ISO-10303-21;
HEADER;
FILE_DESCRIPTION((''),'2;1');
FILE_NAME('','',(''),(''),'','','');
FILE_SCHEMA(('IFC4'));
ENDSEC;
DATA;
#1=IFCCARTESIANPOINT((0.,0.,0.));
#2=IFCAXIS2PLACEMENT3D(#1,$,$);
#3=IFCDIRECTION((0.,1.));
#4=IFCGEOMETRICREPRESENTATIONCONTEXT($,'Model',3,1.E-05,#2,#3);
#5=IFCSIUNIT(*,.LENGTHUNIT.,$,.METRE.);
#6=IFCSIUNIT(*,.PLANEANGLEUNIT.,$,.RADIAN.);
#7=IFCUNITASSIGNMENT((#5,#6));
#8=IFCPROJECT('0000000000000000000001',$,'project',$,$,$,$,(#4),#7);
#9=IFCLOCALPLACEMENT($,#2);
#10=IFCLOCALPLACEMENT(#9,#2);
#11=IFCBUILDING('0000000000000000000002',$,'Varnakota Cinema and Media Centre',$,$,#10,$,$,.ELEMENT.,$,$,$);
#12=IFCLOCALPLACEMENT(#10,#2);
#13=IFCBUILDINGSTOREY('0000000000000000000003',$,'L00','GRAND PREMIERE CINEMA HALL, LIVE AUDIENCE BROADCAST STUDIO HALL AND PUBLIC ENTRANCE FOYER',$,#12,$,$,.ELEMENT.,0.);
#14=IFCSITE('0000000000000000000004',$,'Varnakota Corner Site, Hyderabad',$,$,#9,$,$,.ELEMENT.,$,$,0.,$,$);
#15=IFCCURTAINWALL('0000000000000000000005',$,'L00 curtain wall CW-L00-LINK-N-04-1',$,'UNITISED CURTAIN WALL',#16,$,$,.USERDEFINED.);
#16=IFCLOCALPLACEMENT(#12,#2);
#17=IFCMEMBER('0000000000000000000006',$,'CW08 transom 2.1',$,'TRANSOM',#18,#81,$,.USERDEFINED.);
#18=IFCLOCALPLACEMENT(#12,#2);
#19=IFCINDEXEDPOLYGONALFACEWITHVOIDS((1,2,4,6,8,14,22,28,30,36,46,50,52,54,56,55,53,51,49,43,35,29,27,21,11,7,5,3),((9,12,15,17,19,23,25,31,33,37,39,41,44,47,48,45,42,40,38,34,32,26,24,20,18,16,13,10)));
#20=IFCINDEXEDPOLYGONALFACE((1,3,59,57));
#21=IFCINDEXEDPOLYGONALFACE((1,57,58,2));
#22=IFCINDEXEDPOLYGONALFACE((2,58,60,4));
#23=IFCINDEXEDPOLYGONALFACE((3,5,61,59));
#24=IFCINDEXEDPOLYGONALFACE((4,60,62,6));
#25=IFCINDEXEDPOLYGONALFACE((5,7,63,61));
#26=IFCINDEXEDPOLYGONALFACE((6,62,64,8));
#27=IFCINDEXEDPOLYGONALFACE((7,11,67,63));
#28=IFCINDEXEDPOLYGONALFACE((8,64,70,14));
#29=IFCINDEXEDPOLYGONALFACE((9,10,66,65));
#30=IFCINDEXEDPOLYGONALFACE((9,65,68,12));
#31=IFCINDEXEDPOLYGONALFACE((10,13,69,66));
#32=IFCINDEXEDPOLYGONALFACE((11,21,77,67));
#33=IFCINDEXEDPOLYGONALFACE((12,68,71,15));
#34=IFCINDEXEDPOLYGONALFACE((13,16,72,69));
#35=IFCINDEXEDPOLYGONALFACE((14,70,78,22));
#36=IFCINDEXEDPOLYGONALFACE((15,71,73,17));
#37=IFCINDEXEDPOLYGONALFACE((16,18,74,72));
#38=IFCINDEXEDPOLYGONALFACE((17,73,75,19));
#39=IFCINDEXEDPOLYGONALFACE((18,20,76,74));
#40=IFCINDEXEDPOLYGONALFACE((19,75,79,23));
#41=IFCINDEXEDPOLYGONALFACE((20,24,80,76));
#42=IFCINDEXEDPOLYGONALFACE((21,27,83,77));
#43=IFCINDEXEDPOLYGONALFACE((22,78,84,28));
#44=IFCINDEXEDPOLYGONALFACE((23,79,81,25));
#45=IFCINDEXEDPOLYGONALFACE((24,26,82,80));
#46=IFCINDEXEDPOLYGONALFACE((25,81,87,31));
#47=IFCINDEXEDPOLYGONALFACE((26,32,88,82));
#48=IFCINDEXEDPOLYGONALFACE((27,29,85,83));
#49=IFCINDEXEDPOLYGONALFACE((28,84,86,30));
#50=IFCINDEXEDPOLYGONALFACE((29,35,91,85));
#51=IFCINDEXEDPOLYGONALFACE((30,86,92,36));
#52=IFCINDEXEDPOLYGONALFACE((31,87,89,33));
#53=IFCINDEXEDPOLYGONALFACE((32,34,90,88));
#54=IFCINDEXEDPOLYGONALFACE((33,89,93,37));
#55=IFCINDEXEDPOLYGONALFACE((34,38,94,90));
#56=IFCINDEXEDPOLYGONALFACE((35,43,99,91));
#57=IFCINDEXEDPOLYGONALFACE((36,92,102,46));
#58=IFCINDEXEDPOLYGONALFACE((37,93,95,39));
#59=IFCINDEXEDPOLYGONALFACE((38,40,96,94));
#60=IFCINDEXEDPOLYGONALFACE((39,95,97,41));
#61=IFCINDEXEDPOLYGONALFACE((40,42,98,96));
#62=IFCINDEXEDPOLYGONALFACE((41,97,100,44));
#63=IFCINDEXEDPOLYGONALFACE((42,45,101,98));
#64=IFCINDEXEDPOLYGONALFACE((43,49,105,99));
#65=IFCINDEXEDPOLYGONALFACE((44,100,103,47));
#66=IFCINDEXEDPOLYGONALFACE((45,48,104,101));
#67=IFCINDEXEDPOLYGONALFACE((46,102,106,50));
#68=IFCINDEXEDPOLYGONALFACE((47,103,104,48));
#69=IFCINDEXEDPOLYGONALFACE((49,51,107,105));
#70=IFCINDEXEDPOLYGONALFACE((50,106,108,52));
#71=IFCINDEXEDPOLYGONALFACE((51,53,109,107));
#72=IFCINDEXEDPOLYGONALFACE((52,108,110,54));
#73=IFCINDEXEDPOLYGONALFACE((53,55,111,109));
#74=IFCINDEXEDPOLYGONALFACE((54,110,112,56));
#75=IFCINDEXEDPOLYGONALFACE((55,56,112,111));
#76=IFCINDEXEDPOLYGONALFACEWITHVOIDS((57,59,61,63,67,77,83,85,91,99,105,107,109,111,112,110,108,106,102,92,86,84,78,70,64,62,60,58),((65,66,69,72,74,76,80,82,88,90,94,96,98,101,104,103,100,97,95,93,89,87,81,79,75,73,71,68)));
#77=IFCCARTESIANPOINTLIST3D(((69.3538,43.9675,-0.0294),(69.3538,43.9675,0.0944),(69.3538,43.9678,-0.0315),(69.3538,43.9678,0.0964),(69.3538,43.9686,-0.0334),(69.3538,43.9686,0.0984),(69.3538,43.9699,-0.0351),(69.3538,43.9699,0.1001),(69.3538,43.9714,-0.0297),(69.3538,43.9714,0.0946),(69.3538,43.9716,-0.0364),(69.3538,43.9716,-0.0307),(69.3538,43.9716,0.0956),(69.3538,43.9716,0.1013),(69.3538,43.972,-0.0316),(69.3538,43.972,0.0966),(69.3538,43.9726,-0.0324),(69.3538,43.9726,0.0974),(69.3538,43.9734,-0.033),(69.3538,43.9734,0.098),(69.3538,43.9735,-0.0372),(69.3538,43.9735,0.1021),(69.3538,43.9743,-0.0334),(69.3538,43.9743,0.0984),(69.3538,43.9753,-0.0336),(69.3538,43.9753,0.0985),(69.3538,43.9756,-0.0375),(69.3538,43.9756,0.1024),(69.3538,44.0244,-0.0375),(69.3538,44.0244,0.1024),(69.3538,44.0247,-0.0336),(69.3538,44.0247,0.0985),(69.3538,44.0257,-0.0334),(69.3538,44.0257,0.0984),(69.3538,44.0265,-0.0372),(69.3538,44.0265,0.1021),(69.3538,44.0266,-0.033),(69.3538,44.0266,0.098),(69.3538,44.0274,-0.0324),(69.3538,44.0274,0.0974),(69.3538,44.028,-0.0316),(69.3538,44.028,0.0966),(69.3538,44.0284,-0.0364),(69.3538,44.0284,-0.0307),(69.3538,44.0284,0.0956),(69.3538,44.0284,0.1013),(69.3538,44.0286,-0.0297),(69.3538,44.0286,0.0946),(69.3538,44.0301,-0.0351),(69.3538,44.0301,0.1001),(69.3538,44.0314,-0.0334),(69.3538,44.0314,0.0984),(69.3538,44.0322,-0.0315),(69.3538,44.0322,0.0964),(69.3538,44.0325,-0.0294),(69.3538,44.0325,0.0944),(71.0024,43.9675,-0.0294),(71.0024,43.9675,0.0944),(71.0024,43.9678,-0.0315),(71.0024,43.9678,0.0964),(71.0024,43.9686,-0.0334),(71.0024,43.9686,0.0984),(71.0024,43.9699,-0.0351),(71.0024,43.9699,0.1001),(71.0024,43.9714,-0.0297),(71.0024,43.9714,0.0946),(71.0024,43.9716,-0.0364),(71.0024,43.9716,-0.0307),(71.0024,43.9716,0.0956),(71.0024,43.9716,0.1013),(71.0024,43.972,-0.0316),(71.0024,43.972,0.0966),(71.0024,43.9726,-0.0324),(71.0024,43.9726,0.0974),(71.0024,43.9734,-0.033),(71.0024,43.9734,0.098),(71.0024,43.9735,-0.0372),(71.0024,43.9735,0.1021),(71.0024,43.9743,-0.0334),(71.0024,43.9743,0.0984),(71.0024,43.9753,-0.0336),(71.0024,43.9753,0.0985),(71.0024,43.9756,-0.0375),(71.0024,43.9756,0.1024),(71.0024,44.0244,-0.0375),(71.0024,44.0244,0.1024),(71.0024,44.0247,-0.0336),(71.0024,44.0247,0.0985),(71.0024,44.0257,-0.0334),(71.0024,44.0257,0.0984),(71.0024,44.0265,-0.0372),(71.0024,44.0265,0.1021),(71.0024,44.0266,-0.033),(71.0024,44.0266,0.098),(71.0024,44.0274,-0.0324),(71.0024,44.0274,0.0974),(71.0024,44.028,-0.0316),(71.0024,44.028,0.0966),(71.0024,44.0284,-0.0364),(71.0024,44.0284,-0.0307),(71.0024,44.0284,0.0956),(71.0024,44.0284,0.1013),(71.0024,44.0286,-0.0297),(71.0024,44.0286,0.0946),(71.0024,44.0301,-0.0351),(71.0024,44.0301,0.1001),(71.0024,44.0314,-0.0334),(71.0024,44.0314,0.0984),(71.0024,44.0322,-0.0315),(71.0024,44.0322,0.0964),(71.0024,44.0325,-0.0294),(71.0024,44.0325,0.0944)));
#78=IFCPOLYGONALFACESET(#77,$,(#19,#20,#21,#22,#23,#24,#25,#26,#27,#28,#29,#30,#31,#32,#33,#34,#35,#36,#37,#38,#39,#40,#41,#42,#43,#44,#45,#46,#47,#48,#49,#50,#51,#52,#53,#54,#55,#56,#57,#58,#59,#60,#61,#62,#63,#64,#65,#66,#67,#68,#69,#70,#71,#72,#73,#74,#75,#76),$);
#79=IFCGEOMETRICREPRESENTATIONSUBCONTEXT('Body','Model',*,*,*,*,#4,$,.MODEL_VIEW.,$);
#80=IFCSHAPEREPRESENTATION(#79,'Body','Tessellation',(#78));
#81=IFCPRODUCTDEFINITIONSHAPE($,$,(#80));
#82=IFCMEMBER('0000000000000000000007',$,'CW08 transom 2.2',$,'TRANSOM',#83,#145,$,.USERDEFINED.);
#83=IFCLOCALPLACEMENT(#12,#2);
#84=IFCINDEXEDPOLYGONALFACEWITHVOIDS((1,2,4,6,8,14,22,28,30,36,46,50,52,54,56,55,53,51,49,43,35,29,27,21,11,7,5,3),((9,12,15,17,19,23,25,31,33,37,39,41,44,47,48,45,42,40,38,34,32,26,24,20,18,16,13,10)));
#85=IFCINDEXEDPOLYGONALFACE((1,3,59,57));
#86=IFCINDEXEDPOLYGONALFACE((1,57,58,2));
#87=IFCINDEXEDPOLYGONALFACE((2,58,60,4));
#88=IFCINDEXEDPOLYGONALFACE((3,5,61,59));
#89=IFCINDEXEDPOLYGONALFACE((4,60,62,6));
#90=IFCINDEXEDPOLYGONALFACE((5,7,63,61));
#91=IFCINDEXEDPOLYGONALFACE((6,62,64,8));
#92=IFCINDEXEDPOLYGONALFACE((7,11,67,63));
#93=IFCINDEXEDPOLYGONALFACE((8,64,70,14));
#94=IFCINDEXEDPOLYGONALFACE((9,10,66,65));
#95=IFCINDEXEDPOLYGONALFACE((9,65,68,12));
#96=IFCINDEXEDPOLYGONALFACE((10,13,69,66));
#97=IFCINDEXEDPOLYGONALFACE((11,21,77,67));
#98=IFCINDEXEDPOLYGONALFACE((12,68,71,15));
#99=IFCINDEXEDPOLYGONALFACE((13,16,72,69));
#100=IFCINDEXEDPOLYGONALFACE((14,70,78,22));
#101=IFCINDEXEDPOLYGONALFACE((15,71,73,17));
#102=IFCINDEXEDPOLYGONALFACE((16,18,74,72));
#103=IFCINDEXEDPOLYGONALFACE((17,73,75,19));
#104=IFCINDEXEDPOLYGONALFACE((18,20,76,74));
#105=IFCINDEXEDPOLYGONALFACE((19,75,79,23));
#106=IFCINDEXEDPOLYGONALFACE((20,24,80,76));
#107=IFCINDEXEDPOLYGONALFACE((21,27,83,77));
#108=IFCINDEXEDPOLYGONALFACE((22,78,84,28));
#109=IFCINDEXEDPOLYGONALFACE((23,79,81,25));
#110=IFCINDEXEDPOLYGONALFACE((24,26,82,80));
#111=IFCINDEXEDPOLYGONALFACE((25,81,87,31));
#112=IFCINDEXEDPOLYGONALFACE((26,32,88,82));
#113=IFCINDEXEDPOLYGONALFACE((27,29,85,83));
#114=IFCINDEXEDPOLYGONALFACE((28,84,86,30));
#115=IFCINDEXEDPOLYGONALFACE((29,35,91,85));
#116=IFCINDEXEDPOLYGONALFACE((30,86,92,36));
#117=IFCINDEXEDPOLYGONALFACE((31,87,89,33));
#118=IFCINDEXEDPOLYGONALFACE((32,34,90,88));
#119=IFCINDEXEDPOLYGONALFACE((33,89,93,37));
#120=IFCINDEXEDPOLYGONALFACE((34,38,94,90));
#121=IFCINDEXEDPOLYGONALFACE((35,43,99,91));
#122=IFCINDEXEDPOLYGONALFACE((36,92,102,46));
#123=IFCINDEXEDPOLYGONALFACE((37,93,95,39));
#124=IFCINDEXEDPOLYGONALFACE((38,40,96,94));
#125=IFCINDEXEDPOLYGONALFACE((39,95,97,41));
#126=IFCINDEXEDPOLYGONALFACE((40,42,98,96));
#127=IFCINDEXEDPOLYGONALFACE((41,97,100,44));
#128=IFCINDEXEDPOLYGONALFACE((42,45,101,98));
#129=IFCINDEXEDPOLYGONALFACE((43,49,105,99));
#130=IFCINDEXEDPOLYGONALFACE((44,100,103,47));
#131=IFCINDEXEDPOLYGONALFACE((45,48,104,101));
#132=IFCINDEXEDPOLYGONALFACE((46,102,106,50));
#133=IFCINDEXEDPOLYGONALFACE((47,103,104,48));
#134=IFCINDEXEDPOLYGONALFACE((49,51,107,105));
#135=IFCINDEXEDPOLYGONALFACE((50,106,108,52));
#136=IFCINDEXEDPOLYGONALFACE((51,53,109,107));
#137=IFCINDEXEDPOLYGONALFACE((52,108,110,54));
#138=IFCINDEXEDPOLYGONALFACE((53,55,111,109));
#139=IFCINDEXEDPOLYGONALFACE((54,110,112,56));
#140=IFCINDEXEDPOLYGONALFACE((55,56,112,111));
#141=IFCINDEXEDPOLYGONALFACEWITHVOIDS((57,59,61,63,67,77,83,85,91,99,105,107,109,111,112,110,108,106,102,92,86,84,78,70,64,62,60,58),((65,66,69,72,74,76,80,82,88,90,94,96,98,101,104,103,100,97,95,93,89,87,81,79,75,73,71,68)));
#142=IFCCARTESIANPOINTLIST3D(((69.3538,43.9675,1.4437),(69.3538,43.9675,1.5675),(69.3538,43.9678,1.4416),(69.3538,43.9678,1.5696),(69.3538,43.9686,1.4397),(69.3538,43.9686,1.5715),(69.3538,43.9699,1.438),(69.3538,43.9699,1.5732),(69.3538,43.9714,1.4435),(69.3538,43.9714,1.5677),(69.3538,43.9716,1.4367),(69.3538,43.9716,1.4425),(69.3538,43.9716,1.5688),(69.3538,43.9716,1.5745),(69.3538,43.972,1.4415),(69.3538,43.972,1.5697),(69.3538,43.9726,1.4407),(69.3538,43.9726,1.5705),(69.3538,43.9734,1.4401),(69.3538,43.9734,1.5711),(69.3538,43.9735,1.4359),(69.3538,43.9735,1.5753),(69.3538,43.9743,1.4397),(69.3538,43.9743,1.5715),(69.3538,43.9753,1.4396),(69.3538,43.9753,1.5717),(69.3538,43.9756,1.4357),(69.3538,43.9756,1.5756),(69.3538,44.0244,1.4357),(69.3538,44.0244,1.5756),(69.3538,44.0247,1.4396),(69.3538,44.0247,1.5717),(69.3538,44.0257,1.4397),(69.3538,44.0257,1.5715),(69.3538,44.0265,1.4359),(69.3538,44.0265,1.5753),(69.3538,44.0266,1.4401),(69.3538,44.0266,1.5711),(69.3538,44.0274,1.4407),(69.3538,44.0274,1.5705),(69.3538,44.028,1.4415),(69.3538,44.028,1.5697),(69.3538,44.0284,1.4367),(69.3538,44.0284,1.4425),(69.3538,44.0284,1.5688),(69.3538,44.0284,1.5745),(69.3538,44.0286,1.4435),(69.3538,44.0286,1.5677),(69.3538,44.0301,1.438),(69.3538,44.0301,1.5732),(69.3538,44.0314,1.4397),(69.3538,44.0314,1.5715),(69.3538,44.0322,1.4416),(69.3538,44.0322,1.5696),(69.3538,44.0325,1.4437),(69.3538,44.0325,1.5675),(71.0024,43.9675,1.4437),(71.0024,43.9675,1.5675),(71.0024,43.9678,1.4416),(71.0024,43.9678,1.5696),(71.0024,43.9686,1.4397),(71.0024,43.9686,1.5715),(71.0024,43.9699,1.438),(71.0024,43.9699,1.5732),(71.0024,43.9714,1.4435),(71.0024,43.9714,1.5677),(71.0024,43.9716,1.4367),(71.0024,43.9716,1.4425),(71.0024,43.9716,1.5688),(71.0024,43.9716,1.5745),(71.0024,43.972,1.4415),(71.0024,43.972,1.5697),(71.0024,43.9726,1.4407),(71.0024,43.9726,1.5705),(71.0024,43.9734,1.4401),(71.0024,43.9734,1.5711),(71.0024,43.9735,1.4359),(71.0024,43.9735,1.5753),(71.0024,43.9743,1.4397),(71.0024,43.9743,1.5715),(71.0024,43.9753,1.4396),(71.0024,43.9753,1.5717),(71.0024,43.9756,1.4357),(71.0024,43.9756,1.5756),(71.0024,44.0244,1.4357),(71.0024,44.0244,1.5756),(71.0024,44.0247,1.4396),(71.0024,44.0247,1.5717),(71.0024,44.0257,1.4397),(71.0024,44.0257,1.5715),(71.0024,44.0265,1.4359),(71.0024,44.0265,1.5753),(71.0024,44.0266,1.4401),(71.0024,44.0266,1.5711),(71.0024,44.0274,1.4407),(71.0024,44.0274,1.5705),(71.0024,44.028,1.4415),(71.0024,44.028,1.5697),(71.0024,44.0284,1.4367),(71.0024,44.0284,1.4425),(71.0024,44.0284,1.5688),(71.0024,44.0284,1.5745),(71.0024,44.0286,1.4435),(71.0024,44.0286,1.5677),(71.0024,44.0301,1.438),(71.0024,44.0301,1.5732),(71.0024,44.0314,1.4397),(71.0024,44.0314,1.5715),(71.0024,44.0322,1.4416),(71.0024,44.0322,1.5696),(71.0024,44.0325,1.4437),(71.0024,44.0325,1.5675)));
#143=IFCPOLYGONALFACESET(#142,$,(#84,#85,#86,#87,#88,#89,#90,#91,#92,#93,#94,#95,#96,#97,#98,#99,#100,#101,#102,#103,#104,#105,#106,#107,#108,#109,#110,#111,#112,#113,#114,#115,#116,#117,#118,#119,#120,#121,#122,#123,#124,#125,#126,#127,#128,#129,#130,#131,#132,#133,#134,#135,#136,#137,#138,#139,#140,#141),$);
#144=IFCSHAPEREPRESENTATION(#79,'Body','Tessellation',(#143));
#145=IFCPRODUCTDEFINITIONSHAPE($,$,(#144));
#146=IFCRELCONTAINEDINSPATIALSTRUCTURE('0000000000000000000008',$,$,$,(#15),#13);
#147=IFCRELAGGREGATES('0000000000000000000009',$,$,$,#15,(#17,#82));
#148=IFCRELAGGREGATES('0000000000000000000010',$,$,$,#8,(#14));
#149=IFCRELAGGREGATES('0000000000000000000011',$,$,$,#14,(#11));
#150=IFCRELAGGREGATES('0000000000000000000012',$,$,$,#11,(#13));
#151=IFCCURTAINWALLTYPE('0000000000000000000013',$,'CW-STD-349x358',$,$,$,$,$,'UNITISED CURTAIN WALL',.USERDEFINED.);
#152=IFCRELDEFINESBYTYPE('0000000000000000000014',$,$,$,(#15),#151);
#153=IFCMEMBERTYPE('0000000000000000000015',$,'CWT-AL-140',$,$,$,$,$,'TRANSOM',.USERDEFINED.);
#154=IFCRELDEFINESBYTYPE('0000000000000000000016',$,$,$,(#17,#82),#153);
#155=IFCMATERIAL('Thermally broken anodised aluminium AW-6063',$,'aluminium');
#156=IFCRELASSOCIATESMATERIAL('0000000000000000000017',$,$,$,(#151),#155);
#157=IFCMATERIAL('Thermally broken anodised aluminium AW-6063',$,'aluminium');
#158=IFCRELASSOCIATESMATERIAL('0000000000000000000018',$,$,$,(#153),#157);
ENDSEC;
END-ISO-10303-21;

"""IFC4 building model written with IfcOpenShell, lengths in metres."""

from ifc_helpers import new_model, si_unit, direction, frame, origin, origin_2d, place, context, subcontext, project, spatial, hollow_rectangle, extrude, material, material_profile, profile_set, type_object, element, aggregate, save


model = new_model("IFC4")

# Units and contexts
model_context = context("Model", 3, precision=1e-05, world=origin(), true_north=direction((0.0, 1.0)))
body_context = subcontext(model_context, "Body", "Model", "MODEL_VIEW")
ifc_project = project(units=[si_unit("LENGTHUNIT", "METRE"), si_unit("PLANEANGLEUNIT", "RADIAN")], contexts=[model_context])

# Site, building, storey
site_placement = place(None, origin())
site = spatial("IfcSite", under=ifc_project, at=site_placement, Name="Varnakota Corner Site, Hyderabad", CompositionType="ELEMENT", RefElevation=0.0)
building_placement = place(site_placement, origin())
building = spatial("IfcBuilding", under=site, at=building_placement, Name="Varnakota Cinema and Media Centre", CompositionType="ELEMENT")
storey_placement = place(building_placement, origin())
storey = spatial("IfcBuildingStorey", under=building, at=storey_placement, Name="L00", Description="GRAND PREMIERE CINEMA HALL, LIVE AUDIENCE BROADCAST STUDIO HALL AND PUBLIC ENTRANCE FOYER", CompositionType="ELEMENT", Elevation=0.0)

# Curtain wall
ifc_material_1 = material(Name="Thermally broken anodised aluminium AW-6063", Category="aluminium")
curtain_wall_type = type_object("IfcCurtainWallType", Name="CW-STD-349x358", ElementType="UNITISED CURTAIN WALL", PredefinedType="USERDEFINED", material=ifc_material_1)
curtain_wall_1_placement = place(storey_placement, origin())
curtain_wall_1 = element("IfcCurtainWall", 1, at=curtain_wall_1_placement, inside=storey, type_object=curtain_wall_type, Name="L00 curtain wall CW-L00-LINK-N-04-1", ObjectType="UNITISED CURTAIN WALL", PredefinedType="USERDEFINED")

# Members
ifc_material_2 = material(Name="Thermally broken anodised aluminium AW-6063", Category="aluminium")
ifc_material_profile_1 = material_profile(ifc_material_2, hollow_rectangle(XDim=0.0649, YDim=0.1399, WallThickness=0.0039, InnerFilletRadius=0.0039, OuterFilletRadius=0.0081, at=origin_2d()), Name="AL-TRANSOM 140x65x4")
ifc_profile_set_1 = profile_set([ifc_material_profile_1], Name="Thermally broken anodised aluminium AW-6063")
member_type_1 = type_object("IfcMemberType", Name="CWT-AL-140", ElementType="TRANSOM", PredefinedType="USERDEFINED", material=ifc_profile_set_1)
member_1_placement = place(storey_placement, frame((69.3538, 44.0, 0.0325), z_axis=(1.0, 0.0, 0.0), x_axis=(0.0, 1.0, 0.0)))
member_1 = element("IfcMember", 2, at=member_1_placement, type_object=member_type_1, Name="CW08 transom 2.1", ObjectType="TRANSOM", PredefinedType="USERDEFINED", context=body_context, shape_type="SweptSolid", body=[
    extrude(hollow_rectangle(XDim=0.0649, YDim=0.1399, WallThickness=0.0039, InnerFilletRadius=0.0039, OuterFilletRadius=0.0081, at=origin_2d()), origin(), (0.0, 0.0, 1.0), 1.6487),
])
member_2_placement = place(storey_placement, frame((69.3538, 44.0, 1.5056), z_axis=(1.0, 0.0, 0.0), x_axis=(0.0, 1.0, 0.0)))
member_2 = element("IfcMember", 3, at=member_2_placement, type_object=member_type_1, Name="CW08 transom 2.2", ObjectType="TRANSOM", PredefinedType="USERDEFINED", context=body_context, shape_type="SweptSolid", body=[
    extrude(hollow_rectangle(XDim=0.0649, YDim=0.1399, WallThickness=0.0039, InnerFilletRadius=0.0039, OuterFilletRadius=0.0081, at=origin_2d()), origin(), (0.0, 0.0, 1.0), 1.6487),
])

aggregate(curtain_wall_1, [member_1, member_2])

save(model, "model.ifc")
